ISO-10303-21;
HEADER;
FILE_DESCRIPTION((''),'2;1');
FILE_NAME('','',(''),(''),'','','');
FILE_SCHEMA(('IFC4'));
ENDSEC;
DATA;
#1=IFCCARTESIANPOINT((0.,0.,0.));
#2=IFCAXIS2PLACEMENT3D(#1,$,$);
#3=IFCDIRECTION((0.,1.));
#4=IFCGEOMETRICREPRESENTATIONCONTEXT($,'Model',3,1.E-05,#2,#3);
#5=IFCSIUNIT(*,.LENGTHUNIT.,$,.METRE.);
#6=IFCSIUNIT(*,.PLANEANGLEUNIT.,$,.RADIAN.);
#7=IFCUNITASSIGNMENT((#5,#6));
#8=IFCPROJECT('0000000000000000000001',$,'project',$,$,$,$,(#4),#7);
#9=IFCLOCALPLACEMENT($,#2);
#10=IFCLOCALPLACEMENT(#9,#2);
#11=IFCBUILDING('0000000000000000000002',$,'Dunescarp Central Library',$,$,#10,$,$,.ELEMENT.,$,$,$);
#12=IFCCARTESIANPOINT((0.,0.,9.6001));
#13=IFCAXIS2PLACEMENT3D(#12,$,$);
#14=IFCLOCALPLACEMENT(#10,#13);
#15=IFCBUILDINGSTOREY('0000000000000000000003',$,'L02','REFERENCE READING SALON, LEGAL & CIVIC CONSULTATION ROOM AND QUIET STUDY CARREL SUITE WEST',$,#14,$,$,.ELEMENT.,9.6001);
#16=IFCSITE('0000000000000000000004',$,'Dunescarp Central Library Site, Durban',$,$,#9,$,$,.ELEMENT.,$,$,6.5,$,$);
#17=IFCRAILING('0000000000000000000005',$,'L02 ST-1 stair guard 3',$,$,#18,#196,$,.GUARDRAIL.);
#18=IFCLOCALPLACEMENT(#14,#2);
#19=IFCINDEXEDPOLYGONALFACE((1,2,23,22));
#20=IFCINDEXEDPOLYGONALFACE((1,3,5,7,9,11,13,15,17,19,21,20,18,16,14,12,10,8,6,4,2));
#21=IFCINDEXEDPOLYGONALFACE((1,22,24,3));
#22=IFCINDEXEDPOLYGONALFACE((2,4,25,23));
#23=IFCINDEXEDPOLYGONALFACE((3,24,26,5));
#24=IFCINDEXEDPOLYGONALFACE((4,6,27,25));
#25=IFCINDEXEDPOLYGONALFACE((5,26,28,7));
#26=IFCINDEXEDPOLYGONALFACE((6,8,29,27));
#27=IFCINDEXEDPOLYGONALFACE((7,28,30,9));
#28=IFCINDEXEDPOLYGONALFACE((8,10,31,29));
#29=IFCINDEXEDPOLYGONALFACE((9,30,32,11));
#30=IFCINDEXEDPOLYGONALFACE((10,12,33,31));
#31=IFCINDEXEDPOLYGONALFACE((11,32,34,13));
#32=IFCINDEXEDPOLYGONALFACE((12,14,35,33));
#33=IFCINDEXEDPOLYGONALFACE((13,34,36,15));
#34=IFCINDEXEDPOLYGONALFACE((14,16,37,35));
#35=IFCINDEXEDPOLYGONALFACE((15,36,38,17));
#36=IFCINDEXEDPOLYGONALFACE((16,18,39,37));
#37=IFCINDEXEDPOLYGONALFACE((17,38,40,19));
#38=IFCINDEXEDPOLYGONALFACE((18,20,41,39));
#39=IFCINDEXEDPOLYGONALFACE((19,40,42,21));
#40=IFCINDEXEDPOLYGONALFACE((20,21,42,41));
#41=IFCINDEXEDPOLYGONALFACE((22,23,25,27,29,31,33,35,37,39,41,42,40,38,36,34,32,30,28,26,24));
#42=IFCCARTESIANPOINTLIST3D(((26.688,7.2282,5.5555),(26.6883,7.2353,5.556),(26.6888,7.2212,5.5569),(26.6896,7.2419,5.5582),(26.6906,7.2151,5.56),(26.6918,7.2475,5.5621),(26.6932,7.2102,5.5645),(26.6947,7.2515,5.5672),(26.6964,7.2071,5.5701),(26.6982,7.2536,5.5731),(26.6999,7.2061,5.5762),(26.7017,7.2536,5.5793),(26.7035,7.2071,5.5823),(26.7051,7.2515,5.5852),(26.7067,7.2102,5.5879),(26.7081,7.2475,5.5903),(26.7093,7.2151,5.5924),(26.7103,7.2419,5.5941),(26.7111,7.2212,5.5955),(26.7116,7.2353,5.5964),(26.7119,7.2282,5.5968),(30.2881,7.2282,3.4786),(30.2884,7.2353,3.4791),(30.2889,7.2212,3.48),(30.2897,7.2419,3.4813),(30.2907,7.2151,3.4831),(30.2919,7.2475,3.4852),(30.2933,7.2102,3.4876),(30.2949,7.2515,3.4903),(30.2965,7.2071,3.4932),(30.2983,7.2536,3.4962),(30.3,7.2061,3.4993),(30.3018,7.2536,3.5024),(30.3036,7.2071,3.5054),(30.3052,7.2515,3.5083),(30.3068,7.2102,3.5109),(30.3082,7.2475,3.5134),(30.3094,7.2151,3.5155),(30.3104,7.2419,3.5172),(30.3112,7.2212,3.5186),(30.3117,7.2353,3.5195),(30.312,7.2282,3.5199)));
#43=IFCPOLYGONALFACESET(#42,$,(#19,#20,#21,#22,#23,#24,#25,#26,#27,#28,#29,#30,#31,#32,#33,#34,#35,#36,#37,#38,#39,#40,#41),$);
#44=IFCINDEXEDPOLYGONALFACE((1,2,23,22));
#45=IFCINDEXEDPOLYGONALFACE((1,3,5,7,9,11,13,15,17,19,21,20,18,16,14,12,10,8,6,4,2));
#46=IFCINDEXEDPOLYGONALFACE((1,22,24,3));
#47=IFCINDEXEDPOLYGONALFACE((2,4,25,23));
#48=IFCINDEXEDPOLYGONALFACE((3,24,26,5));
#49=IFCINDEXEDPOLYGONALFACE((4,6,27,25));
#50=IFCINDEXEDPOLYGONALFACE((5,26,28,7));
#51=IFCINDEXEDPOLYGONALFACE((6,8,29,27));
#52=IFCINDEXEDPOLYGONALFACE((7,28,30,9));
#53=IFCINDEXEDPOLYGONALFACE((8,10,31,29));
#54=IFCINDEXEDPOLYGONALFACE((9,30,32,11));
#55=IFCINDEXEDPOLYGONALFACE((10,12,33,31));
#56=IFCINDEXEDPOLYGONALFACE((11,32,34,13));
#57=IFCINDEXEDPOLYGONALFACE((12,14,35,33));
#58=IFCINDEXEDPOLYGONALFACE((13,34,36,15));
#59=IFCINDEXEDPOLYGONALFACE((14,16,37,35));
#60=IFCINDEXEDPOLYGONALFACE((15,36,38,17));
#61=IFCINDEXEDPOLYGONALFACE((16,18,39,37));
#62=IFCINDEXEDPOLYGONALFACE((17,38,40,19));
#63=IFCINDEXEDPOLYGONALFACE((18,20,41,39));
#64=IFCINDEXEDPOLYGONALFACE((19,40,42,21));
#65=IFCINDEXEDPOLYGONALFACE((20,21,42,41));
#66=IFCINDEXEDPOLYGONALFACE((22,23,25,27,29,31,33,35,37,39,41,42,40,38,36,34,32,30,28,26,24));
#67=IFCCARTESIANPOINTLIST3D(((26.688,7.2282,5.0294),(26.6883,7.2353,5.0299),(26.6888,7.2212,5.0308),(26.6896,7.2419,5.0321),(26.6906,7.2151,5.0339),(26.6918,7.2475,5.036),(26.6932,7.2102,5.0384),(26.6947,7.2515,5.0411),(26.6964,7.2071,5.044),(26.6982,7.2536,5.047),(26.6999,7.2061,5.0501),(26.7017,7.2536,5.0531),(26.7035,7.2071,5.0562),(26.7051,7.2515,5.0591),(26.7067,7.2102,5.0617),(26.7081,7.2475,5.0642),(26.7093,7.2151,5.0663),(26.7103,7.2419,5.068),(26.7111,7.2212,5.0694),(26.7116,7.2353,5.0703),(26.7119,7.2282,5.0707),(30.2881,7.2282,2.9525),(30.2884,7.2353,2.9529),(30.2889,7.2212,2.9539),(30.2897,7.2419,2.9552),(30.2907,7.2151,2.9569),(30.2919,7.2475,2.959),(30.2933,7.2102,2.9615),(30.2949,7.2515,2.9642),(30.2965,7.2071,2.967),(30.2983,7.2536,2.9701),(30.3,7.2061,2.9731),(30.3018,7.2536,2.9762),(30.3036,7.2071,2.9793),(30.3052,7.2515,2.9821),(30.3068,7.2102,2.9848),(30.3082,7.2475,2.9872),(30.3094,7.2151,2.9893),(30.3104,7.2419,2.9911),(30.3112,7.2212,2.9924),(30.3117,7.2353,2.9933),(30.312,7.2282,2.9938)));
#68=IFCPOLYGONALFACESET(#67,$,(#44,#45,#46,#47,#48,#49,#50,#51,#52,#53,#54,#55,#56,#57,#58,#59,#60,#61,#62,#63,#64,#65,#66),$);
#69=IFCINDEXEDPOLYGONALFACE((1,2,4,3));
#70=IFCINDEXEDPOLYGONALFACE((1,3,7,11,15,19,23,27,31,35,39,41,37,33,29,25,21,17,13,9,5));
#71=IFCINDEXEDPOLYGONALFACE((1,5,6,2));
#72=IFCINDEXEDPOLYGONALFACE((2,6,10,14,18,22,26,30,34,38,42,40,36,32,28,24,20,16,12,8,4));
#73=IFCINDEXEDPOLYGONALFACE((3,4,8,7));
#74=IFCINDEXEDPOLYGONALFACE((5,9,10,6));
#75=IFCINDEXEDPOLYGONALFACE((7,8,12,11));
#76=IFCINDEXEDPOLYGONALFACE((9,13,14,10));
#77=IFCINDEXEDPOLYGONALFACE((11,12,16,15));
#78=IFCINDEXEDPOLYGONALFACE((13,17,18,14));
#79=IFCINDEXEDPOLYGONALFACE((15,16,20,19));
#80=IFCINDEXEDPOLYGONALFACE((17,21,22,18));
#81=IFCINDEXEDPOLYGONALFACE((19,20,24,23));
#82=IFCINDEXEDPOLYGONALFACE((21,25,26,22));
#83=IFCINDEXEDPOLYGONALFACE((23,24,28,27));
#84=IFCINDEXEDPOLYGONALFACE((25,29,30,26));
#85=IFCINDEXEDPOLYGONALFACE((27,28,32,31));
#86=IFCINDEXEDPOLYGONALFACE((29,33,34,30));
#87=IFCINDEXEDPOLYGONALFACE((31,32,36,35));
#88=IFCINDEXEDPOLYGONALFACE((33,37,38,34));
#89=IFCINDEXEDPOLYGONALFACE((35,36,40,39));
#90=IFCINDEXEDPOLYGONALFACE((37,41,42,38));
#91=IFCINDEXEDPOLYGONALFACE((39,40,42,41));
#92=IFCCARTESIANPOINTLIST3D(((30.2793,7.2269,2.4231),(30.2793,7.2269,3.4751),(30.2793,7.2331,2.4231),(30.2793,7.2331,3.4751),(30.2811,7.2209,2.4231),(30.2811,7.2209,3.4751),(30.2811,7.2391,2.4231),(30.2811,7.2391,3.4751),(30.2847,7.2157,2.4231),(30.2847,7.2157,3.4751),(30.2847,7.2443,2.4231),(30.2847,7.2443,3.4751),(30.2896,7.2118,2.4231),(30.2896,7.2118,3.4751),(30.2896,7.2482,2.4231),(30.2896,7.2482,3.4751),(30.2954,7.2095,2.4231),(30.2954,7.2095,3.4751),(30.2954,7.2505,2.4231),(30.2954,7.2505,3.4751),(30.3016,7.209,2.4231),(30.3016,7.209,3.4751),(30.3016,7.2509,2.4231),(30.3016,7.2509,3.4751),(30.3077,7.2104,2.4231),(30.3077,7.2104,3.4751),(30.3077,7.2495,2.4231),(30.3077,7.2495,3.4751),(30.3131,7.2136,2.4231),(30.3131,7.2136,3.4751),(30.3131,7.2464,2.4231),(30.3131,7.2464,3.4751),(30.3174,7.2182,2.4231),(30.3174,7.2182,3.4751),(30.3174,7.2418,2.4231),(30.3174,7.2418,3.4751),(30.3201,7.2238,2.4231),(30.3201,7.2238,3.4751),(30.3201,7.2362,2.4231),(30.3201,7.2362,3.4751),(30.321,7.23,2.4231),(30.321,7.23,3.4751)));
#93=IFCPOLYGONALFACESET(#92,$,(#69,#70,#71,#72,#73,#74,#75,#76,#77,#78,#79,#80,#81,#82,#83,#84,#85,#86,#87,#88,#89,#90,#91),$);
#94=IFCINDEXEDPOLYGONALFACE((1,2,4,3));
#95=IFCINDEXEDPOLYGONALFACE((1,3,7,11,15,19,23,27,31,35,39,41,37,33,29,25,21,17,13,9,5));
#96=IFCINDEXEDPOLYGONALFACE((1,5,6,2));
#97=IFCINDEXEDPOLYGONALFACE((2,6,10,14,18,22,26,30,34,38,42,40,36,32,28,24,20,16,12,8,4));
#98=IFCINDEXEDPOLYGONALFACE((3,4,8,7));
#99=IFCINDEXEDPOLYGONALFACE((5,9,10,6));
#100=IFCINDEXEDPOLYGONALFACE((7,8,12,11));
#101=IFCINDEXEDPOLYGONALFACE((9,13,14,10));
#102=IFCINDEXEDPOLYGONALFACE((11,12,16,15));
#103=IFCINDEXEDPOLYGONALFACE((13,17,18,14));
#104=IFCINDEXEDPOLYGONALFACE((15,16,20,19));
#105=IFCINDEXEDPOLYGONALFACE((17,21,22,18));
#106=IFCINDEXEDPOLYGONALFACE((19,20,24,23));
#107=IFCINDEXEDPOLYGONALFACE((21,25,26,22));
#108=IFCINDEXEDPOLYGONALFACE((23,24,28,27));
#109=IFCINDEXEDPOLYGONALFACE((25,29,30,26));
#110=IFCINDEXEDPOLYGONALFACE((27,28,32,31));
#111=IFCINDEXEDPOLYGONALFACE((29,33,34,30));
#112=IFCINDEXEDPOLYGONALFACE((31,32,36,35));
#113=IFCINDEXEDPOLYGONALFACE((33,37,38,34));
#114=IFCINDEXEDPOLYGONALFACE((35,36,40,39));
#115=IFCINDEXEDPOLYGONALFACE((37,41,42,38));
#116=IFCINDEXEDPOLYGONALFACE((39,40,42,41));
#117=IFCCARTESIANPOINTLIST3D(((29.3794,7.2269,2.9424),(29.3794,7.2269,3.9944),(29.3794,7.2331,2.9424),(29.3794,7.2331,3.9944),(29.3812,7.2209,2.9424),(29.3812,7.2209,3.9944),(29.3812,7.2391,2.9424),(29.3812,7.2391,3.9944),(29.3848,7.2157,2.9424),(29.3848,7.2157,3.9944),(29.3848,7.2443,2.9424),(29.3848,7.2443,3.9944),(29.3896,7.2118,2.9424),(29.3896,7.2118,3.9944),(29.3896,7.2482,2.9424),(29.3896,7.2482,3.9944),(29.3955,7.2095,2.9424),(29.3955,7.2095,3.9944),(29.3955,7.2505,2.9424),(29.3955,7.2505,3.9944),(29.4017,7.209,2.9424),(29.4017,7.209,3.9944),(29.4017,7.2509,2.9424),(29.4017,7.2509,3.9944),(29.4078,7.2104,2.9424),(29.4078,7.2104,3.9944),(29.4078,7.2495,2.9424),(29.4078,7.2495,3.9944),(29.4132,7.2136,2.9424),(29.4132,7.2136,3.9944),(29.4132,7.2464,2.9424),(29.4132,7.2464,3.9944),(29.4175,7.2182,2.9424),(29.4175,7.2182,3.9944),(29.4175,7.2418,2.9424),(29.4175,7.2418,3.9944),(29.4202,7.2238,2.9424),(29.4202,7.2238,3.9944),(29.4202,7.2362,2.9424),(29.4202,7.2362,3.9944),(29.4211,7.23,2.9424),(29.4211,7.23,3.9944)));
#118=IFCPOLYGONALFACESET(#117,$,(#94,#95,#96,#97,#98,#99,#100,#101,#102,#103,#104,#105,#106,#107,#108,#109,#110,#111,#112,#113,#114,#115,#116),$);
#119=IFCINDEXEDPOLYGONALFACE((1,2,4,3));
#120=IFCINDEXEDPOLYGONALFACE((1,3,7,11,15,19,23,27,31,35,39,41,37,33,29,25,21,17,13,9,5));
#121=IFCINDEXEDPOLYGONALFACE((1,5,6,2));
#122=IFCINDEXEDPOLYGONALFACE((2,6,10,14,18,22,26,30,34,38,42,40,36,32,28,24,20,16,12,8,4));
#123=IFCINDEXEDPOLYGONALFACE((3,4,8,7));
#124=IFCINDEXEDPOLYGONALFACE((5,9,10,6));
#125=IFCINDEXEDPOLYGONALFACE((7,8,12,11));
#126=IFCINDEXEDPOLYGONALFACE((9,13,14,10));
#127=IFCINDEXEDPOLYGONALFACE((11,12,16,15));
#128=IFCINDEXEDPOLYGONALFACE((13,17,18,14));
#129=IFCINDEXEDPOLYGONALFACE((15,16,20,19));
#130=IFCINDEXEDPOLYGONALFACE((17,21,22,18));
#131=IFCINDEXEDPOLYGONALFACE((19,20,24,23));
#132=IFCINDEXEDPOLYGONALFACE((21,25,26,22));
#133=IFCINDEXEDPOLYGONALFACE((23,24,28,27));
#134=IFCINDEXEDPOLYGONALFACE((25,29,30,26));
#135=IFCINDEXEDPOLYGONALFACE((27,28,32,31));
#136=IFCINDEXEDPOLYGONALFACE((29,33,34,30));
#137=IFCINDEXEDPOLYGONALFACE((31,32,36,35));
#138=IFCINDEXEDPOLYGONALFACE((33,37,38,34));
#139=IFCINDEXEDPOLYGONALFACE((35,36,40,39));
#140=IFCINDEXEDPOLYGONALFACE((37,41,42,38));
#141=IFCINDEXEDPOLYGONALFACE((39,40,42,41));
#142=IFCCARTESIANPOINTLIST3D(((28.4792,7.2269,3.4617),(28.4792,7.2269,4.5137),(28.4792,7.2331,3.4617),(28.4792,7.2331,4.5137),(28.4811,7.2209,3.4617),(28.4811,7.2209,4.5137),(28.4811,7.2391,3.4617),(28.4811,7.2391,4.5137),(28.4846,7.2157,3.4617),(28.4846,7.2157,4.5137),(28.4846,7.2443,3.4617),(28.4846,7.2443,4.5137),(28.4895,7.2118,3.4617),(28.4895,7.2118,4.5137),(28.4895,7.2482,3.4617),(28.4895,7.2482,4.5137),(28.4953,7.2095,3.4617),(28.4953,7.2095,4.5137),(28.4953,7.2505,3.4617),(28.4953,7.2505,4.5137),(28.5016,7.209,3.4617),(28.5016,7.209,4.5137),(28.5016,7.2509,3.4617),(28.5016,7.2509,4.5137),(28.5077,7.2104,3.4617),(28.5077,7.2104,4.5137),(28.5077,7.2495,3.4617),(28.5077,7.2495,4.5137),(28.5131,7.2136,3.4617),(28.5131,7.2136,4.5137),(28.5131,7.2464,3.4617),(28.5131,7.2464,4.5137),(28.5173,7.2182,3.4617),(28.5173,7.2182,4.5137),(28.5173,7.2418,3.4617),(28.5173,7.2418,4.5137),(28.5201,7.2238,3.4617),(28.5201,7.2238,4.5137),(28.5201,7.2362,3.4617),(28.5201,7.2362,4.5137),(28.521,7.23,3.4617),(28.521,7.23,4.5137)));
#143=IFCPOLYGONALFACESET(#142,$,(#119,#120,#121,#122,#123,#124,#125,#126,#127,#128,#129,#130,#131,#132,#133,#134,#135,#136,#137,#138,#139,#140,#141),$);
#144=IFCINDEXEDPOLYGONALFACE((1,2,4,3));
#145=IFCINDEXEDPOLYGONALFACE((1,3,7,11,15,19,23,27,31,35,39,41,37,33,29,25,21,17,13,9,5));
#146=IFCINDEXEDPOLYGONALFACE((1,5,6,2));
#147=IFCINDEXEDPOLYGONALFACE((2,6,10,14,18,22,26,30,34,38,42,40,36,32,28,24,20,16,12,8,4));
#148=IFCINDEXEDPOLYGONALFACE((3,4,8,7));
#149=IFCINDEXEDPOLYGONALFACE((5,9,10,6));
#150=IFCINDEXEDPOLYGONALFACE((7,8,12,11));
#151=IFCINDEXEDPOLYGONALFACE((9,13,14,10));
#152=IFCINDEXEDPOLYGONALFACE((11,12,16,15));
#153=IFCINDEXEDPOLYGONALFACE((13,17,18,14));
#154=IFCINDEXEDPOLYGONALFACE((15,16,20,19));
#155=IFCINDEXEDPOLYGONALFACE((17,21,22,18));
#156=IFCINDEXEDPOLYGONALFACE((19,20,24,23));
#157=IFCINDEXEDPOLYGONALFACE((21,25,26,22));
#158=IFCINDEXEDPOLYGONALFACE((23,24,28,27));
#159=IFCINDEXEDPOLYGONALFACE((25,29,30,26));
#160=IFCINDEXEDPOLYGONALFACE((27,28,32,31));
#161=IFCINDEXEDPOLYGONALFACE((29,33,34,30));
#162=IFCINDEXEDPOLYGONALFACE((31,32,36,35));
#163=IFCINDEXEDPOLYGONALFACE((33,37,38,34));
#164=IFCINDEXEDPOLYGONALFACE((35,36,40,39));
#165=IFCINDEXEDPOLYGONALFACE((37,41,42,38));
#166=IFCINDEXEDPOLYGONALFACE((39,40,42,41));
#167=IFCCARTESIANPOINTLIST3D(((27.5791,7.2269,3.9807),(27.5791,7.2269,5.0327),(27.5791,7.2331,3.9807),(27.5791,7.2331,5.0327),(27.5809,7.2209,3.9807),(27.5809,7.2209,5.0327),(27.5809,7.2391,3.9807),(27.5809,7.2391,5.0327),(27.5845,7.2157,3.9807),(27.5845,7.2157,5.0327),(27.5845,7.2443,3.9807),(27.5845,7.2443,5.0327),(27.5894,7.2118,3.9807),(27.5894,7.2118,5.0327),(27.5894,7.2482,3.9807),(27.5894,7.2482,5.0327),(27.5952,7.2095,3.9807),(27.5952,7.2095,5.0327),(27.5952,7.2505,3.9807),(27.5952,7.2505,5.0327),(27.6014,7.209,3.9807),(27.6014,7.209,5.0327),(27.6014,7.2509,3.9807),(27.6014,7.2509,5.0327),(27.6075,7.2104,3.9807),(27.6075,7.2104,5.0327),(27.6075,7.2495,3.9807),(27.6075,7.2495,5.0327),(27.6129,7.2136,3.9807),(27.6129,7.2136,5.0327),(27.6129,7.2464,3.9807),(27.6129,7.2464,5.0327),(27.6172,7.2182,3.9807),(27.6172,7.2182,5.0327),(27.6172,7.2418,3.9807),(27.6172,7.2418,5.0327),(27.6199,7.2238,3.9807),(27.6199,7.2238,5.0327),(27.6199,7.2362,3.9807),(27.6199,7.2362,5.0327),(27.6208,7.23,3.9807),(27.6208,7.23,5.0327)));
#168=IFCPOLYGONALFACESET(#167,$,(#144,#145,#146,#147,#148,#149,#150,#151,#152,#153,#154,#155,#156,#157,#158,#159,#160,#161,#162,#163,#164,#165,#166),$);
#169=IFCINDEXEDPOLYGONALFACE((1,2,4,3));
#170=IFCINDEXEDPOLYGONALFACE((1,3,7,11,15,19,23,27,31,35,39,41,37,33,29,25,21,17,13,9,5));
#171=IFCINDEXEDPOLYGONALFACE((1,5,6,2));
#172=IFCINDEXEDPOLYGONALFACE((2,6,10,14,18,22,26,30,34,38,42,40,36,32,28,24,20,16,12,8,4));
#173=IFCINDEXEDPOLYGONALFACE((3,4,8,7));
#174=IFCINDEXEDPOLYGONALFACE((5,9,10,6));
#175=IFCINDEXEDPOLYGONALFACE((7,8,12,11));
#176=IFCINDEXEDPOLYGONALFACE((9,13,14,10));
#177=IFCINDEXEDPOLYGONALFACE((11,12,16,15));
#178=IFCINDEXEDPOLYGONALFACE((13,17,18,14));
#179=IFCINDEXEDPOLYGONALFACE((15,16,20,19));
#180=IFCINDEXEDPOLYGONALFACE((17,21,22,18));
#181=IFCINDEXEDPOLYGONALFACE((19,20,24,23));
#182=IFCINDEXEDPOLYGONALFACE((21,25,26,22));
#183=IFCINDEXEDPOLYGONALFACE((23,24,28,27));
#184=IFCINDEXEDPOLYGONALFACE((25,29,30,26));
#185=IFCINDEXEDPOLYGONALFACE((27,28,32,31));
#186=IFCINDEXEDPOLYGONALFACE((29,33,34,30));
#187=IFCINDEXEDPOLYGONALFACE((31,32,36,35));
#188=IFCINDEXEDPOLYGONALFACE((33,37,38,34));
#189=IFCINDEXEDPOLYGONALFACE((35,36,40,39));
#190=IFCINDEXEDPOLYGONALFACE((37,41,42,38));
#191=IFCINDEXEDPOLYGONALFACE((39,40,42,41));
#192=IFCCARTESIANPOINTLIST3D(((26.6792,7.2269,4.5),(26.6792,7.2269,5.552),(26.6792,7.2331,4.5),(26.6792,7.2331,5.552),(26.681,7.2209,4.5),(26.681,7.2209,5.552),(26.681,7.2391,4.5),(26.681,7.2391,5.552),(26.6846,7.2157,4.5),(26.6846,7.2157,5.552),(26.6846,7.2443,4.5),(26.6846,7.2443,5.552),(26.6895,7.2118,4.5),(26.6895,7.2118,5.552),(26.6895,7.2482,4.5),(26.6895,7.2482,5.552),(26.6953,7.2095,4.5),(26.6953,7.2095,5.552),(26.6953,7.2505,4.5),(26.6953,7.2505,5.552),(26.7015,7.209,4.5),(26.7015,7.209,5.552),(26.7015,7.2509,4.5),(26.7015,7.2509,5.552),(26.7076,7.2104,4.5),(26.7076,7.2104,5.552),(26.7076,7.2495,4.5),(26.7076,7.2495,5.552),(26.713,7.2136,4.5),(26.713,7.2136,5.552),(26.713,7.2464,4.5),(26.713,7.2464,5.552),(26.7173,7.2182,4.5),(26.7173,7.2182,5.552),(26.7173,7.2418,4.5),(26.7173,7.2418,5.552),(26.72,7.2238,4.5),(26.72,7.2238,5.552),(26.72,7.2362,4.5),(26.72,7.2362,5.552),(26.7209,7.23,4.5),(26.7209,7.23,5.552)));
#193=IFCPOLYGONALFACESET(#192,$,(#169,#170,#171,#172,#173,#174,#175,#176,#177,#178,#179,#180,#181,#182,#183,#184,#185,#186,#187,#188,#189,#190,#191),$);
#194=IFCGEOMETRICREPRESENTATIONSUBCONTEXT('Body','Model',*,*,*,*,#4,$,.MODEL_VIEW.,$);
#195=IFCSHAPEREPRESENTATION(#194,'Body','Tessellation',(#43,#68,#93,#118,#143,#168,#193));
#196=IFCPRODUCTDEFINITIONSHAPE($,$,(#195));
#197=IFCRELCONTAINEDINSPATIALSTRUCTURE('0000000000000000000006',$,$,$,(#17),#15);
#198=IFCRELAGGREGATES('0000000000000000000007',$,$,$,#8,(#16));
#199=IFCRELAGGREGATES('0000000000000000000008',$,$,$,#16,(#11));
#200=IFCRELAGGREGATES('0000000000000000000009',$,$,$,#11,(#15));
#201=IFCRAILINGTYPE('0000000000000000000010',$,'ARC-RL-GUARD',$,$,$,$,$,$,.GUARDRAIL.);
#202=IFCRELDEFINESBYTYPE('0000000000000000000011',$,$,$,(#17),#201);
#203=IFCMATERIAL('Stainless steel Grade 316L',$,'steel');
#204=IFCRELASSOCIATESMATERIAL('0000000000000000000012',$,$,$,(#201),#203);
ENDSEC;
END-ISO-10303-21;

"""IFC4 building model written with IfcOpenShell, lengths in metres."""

from ifc_helpers import new_model, si_unit, direction, frame, origin, origin_2d, place, context, subcontext, project, spatial, circle, extrude, material, type_object, element, save


model = new_model("IFC4")

# Units and contexts
model_context = context("Model", 3, precision=1e-05, world=origin(), true_north=direction((0.0, 1.0)))
body_context = subcontext(model_context, "Body", "Model", "MODEL_VIEW")
ifc_project = project(units=[si_unit("LENGTHUNIT", "METRE"), si_unit("PLANEANGLEUNIT", "RADIAN")], contexts=[model_context])

# Site, building, storey
site_placement = place(None, origin())
site = spatial("IfcSite", under=ifc_project, at=site_placement, Name="Dunescarp Central Library Site, Durban", CompositionType="ELEMENT", RefElevation=6.5)
building_placement = place(site_placement, origin())
building = spatial("IfcBuilding", under=site, at=building_placement, Name="Dunescarp Central Library", CompositionType="ELEMENT")
storey_placement = place(building_placement, frame((0.0, 0.0, 9.6001)))
storey = spatial("IfcBuildingStorey", under=building, at=storey_placement, Name="L02", Description="REFERENCE READING SALON, LEGAL & CIVIC CONSULTATION ROOM AND QUIET STUDY CARREL SUITE WEST", CompositionType="ELEMENT", Elevation=9.6001)

# Shared definitions
ifc_material_1 = material(Name="Stainless steel Grade 316L", Category="steel")

# Railing
railing_type_1 = type_object("IfcRailingType", Name="ARC-RL-GUARD", PredefinedType="GUARDRAIL", material=ifc_material_1)
railing_1_placement = place(storey_placement, frame((30.3, 7.23, 2.4231)))
element("IfcRailing", 1, at=railing_1_placement, inside=storey, type_object=railing_type_1, Name="L02 ST-1 stair guard 3", PredefinedType="GUARDRAIL", context=body_context, shape_type="SweptSolid", body=[
    extrude(circle(Radius=0.0239, at=origin_2d()), frame((0.0, 0.0, 1.0762), z_axis=(-0.866193, 0.0, 0.499709), x_axis=(0.0, -1.0, 0.0)), (0.0, 0.0, 1.0), 4.1562),
    extrude(circle(Radius=0.0239, at=origin_2d()), frame((0.0, 0.0, 0.55), z_axis=(-0.866193, 0.0, 0.499709), x_axis=(0.0, -1.0, 0.0)), (0.0, 0.0, 1.0), 4.1562),
    extrude(circle(Radius=0.021, at=origin_2d()), origin(), (0.0, 0.0, 1.0), 1.052),
    extrude(circle(Radius=0.021, at=origin_2d()), frame((-0.8999, 0.0, 0.5193)), (0.0, 0.0, 1.0), 1.052),
    extrude(circle(Radius=0.021, at=origin_2d()), frame((-1.8, 0.0, 1.0386)), (0.0, 0.0, 1.0), 1.052),
    extrude(circle(Radius=0.021, at=origin_2d()), frame((-2.7002, 0.0, 1.5576)), (0.0, 0.0, 1.0), 1.052),
    extrude(circle(Radius=0.021, at=origin_2d()), frame((-3.6001, 0.0, 2.0769)), (0.0, 0.0, 1.0), 1.052),
])

save(model, "model.ifc")
